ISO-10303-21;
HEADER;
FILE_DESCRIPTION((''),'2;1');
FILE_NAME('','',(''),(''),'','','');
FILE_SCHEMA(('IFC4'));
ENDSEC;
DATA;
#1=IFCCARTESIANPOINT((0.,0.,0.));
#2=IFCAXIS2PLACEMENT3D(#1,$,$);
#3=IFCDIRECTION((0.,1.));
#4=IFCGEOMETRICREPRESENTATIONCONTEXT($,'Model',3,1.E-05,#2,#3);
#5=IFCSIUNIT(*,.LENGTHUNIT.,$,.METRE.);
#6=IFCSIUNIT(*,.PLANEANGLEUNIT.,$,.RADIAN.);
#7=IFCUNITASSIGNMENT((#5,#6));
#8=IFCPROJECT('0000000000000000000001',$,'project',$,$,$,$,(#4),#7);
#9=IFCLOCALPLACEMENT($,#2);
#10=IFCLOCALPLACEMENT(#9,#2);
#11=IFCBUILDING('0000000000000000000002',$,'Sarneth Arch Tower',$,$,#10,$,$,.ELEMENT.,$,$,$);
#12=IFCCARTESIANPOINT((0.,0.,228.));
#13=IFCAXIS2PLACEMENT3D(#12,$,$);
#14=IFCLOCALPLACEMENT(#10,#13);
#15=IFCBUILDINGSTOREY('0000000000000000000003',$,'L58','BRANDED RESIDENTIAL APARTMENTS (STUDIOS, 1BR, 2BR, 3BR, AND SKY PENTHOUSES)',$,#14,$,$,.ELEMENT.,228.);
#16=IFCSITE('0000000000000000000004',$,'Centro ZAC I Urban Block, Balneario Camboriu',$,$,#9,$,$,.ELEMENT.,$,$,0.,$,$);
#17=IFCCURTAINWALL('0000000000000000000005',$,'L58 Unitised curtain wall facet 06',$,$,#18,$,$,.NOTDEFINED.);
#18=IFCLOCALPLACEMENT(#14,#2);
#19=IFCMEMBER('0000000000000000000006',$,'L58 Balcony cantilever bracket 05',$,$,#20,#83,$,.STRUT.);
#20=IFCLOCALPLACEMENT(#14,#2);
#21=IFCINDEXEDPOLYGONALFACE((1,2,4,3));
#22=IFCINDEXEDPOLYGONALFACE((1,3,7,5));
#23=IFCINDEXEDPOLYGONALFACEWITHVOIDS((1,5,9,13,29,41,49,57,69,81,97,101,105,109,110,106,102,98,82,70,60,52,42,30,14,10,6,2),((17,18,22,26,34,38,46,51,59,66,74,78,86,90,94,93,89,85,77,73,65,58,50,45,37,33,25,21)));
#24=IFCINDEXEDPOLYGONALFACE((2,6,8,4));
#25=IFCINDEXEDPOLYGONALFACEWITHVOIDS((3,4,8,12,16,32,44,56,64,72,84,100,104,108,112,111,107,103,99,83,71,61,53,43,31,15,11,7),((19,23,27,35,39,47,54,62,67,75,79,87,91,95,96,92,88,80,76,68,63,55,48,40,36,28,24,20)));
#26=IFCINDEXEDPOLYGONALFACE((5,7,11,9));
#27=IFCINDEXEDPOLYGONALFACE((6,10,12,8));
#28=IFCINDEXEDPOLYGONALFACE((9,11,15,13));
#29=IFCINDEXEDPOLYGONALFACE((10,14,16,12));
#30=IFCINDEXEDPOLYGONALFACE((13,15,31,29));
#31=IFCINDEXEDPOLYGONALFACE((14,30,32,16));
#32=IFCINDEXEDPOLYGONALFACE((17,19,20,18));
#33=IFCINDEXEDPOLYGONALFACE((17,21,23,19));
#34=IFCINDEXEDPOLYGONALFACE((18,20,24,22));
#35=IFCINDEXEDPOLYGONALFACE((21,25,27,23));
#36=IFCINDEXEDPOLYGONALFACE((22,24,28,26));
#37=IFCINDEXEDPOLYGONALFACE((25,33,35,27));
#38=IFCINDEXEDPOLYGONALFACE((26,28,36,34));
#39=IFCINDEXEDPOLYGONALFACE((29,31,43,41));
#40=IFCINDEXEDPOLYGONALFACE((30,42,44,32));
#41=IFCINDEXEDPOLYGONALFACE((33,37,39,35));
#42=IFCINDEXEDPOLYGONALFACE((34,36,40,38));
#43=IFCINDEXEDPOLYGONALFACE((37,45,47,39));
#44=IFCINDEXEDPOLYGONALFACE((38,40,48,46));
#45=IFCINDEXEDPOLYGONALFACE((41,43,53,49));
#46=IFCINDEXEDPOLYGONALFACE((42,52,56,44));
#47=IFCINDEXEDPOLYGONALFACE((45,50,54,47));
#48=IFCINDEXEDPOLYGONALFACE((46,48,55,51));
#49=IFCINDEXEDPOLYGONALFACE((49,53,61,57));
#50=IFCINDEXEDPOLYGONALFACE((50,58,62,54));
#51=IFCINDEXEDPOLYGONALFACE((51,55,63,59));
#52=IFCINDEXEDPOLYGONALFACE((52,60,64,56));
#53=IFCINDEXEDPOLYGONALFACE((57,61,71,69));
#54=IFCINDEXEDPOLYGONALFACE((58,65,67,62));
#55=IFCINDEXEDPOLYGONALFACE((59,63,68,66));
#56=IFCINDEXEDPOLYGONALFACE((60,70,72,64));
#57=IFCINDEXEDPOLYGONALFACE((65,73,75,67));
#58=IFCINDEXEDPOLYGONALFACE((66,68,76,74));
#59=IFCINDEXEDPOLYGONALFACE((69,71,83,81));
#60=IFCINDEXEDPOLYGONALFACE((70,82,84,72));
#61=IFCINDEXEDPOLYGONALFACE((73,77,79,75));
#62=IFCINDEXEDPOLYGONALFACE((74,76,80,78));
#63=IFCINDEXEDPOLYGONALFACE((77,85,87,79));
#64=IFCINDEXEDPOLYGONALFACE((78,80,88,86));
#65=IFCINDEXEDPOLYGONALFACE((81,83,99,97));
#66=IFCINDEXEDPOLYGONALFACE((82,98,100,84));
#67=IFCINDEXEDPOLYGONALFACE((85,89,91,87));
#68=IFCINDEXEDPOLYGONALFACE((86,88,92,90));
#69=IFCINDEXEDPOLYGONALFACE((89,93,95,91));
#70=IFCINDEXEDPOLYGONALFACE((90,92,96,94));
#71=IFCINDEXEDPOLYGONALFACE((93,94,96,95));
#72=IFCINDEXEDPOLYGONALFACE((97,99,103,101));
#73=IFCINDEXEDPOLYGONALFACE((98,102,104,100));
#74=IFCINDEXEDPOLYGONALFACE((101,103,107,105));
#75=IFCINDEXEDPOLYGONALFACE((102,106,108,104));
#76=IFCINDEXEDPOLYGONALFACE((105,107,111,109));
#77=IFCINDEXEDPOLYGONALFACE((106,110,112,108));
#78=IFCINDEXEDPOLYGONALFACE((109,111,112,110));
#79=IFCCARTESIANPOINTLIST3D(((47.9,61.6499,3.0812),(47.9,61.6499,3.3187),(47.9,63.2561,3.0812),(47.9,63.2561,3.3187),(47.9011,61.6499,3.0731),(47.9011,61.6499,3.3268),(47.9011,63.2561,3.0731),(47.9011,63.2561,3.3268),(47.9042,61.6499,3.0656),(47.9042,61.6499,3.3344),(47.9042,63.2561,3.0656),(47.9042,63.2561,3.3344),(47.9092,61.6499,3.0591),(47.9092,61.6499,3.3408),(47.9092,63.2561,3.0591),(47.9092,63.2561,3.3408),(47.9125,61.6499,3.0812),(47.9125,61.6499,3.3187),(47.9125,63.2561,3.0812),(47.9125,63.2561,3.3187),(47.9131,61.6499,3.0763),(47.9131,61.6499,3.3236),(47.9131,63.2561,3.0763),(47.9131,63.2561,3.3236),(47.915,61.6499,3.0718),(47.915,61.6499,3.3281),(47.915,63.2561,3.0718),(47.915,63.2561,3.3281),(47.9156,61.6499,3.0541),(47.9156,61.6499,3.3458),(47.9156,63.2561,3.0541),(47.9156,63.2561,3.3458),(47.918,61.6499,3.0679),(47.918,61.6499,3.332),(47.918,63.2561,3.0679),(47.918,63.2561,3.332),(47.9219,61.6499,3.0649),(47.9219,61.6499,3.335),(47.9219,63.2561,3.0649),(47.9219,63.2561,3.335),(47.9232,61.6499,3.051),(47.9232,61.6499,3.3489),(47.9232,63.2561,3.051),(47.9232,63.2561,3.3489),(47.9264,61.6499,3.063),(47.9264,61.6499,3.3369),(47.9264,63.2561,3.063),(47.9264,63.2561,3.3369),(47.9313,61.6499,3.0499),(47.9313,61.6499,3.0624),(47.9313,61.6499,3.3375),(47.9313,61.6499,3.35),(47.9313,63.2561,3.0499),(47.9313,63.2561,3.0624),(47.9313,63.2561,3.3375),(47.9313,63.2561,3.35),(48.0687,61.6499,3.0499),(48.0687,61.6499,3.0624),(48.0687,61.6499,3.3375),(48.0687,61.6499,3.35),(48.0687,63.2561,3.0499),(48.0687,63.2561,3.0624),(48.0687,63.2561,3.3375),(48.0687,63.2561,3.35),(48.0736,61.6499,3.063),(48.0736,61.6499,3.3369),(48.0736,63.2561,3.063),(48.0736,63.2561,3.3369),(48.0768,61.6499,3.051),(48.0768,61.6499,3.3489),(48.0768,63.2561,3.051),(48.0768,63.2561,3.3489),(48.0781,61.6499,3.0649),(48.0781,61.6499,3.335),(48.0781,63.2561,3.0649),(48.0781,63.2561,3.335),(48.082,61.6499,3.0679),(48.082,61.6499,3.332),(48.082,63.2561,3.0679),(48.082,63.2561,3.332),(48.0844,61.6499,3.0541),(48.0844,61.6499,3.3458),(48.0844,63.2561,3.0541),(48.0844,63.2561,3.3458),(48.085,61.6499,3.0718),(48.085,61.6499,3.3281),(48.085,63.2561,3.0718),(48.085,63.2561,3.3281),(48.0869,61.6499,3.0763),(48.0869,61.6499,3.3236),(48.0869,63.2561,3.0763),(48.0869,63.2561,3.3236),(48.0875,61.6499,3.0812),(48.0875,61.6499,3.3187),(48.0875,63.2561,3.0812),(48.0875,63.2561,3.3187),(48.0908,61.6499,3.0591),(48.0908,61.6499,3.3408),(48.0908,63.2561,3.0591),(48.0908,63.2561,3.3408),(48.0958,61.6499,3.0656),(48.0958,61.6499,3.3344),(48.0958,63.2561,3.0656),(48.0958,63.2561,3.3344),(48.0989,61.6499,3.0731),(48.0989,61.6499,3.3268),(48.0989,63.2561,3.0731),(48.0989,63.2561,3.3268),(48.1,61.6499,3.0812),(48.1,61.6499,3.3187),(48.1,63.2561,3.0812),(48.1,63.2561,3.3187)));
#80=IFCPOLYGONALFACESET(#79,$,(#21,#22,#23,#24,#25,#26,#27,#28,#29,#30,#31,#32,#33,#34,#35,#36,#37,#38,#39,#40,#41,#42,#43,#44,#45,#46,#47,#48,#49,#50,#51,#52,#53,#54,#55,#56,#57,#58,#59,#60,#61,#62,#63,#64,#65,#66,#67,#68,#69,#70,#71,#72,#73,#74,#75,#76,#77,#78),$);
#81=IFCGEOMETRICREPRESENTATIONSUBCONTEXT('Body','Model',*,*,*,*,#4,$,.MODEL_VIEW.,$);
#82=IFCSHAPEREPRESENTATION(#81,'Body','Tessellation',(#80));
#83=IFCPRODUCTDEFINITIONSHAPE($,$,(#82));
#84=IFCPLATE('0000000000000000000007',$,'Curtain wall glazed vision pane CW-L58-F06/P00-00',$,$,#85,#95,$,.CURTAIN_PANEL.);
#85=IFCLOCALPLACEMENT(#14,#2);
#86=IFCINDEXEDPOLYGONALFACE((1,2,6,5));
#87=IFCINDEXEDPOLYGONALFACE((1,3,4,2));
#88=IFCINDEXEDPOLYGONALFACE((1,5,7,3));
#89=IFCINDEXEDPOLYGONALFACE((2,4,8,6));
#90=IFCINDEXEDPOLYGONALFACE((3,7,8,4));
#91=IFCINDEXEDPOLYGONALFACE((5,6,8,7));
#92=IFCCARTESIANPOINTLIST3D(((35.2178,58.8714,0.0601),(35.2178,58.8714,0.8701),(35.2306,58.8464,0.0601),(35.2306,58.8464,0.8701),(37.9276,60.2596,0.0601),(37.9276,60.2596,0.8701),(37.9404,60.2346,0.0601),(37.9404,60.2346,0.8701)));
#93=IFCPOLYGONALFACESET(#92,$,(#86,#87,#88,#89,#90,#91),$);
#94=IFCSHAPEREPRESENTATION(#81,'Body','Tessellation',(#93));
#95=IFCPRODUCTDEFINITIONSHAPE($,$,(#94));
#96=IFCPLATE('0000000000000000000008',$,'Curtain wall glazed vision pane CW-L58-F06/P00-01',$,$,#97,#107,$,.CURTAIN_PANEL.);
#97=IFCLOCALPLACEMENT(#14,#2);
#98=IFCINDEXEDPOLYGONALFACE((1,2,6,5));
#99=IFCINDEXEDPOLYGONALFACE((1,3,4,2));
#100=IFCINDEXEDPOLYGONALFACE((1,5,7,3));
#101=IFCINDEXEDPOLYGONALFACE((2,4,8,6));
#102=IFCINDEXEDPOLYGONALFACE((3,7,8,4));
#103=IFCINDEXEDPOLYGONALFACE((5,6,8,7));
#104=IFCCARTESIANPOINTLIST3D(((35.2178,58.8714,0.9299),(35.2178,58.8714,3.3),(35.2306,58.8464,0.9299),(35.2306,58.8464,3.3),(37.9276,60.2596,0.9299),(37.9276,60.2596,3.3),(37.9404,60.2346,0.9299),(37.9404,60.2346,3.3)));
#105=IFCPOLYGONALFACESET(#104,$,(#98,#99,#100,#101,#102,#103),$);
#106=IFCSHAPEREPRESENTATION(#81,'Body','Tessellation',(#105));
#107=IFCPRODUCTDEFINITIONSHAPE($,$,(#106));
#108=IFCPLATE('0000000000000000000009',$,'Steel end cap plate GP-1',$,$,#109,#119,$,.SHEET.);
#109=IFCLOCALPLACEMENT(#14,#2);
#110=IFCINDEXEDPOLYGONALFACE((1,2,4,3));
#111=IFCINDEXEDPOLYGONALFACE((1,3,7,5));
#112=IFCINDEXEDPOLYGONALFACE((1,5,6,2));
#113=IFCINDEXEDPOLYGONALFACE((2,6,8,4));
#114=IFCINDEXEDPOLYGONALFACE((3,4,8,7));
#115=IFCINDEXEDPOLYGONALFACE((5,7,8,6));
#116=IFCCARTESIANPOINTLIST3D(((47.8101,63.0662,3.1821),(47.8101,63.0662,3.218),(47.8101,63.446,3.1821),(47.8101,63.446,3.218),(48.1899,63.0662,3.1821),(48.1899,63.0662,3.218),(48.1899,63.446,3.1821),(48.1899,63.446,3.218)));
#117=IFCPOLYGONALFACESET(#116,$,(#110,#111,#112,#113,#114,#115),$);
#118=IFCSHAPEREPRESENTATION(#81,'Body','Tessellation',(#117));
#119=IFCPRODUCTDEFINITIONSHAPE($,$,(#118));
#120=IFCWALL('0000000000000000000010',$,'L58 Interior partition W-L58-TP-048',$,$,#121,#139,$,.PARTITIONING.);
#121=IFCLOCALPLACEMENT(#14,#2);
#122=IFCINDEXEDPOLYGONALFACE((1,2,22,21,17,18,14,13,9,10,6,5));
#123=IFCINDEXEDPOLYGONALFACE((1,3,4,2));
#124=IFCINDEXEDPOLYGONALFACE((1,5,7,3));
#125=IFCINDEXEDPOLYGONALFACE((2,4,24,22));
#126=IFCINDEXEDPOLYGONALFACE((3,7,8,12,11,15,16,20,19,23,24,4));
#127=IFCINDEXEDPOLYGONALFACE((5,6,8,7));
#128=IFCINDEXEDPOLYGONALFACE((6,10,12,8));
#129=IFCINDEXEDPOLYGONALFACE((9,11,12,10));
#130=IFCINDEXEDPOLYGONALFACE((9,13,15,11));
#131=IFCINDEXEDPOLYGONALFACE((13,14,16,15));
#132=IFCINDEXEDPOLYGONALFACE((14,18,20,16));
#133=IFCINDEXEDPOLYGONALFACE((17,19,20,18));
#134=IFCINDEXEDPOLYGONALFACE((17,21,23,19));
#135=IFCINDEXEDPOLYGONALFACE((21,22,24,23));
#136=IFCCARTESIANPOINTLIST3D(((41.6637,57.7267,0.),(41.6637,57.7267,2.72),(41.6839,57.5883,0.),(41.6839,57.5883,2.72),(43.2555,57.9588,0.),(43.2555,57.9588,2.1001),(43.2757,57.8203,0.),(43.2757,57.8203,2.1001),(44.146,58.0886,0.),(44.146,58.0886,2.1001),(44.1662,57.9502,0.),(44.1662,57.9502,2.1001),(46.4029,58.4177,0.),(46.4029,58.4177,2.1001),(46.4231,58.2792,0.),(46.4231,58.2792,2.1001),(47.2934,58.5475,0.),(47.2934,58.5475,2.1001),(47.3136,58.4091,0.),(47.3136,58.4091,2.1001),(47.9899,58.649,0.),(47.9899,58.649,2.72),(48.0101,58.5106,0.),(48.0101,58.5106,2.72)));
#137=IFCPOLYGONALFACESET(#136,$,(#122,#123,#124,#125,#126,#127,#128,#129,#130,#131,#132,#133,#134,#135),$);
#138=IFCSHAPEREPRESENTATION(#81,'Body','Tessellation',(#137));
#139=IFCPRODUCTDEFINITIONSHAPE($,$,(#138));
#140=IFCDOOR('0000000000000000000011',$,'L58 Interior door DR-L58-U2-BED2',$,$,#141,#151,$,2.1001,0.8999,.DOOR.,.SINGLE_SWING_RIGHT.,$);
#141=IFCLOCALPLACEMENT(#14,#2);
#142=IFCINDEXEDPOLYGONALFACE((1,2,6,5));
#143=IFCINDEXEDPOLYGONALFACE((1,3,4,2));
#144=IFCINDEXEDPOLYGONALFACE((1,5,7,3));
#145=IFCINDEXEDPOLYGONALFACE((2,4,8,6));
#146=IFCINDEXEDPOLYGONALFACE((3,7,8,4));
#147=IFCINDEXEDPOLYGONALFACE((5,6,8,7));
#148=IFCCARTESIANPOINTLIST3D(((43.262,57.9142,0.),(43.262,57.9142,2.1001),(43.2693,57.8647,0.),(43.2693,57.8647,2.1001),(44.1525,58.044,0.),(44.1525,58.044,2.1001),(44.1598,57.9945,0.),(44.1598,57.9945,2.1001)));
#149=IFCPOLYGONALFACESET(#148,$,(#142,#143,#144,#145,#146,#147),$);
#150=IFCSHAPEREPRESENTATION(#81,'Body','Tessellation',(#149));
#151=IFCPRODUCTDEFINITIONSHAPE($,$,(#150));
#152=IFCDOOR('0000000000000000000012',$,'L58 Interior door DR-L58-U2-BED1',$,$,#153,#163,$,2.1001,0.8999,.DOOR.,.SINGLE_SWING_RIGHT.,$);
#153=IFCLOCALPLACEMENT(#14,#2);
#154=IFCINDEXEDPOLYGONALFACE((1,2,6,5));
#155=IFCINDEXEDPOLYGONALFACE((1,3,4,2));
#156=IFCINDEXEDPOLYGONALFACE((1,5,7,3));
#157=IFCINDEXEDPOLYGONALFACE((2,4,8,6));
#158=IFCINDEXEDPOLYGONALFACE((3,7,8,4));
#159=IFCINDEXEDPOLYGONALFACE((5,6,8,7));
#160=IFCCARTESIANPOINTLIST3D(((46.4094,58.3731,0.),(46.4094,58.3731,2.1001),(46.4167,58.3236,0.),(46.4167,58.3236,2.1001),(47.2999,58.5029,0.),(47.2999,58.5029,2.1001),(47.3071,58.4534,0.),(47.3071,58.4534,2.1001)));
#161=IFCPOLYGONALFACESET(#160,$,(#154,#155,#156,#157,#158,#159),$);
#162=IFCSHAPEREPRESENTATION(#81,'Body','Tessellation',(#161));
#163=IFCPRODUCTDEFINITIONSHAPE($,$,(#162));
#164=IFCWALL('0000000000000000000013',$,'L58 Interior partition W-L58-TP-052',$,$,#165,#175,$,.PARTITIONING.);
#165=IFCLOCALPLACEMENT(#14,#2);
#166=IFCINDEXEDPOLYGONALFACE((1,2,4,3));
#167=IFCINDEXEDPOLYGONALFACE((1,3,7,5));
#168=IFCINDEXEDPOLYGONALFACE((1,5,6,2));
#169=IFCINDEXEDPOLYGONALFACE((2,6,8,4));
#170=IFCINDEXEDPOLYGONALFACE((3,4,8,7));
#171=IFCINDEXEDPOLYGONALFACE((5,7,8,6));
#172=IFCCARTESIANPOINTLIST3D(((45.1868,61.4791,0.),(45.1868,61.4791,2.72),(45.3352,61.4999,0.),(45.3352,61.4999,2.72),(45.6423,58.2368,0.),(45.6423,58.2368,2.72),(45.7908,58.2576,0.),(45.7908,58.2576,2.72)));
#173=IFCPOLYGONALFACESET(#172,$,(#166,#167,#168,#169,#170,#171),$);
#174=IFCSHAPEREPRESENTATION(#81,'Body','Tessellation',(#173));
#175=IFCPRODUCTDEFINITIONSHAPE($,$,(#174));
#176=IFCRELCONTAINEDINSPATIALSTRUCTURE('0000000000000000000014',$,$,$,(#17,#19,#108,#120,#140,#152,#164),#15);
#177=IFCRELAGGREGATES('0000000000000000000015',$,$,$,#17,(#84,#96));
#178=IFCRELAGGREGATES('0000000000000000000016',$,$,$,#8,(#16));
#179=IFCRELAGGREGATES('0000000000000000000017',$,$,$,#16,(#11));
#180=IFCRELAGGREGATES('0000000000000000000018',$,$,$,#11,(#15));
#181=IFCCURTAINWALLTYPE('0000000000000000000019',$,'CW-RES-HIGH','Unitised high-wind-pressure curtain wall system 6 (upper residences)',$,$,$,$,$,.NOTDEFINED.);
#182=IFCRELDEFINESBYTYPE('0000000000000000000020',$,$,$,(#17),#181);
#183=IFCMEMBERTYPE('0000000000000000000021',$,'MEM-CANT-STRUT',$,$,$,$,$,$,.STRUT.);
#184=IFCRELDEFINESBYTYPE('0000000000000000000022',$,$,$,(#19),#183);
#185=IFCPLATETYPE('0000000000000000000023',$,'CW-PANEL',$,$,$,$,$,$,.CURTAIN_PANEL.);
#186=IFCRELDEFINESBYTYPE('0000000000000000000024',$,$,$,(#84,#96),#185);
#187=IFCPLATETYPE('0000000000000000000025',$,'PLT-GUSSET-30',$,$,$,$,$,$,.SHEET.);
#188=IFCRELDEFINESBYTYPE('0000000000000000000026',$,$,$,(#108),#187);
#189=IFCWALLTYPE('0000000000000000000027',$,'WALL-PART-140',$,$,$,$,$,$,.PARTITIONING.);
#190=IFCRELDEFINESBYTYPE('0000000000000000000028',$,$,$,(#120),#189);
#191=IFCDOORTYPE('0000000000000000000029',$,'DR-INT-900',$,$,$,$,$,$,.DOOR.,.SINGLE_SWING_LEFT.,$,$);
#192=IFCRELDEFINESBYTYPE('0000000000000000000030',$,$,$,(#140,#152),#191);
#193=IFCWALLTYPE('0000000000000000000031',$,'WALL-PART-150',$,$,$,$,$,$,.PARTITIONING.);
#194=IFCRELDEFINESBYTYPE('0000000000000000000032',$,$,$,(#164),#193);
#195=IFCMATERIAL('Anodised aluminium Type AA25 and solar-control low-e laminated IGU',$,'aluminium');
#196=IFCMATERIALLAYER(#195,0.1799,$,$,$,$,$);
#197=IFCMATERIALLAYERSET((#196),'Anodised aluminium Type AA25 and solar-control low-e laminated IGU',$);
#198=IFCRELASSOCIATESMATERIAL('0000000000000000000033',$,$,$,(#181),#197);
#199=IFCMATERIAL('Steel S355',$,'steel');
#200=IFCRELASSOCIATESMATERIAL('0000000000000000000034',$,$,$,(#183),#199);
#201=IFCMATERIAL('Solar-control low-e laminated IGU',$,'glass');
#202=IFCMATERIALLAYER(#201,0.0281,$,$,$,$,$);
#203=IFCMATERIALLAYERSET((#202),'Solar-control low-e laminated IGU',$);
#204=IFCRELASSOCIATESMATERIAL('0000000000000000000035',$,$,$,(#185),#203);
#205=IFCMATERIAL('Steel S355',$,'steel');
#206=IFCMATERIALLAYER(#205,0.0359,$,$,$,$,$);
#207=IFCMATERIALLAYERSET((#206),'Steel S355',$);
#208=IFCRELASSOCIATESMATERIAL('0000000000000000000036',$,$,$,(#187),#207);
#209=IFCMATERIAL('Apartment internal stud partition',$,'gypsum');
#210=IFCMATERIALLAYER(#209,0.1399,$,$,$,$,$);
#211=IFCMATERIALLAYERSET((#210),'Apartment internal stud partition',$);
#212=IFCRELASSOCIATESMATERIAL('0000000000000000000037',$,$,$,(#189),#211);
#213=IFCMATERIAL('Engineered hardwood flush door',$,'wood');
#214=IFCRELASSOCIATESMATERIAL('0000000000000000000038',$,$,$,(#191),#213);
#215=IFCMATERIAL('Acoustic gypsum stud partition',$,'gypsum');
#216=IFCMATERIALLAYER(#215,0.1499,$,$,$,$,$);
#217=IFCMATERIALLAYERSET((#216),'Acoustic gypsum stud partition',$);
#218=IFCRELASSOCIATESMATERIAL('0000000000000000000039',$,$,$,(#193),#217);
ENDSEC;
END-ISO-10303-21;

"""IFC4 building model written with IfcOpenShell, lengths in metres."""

from ifc_helpers import new_model, si_unit, direction, frame, frame_2d, origin, origin_2d, place, context, subcontext, project, spatial, rectangle, hollow_rectangle, extrude, material, layer, layer_set, material_profile, profile_set, type_object, element, fill, aggregate, save


model = new_model("IFC4")

# Units and contexts
model_context = context("Model", 3, precision=1e-05, world=origin(), true_north=direction((0.0, 1.0)))
body_context = subcontext(model_context, "Body", "Model", "MODEL_VIEW")
ifc_project = project(units=[si_unit("LENGTHUNIT", "METRE"), si_unit("PLANEANGLEUNIT", "RADIAN")], contexts=[model_context])

# Site, building, storey
site_placement = place(None, origin())
site = spatial("IfcSite", under=ifc_project, at=site_placement, Name="Centro ZAC I Urban Block, Balneario Camboriu", CompositionType="ELEMENT", RefElevation=0.0)
building_placement = place(site_placement, origin())
building = spatial("IfcBuilding", under=site, at=building_placement, Name="Sarneth Arch Tower", CompositionType="ELEMENT")
storey_placement = place(building_placement, frame((0.0, 0.0, 228.0)))
storey = spatial("IfcBuildingStorey", under=building, at=storey_placement, Name="L58", Description="BRANDED RESIDENTIAL APARTMENTS (STUDIOS, 1BR, 2BR, 3BR, AND SKY PENTHOUSES)", CompositionType="ELEMENT", Elevation=228.0)

# Curtain wall
ifc_material_1 = material(Name="Anodised aluminium Type AA25 and solar-control low-e laminated IGU", Category="aluminium")
ifc_layer_1 = layer(ifc_material_1, 0.1799)
ifc_layer_set_1 = layer_set([ifc_layer_1], Name="Anodised aluminium Type AA25 and solar-control low-e laminated IGU")
curtain_wall_type = type_object("IfcCurtainWallType", Name="CW-RES-HIGH", Description="Unitised high-wind-pressure curtain wall system 6 (upper residences)", PredefinedType="NOTDEFINED", material=ifc_layer_set_1)
curtain_wall_placement = place(storey_placement, origin())
curtain_wall = element("IfcCurtainWall", 1, at=curtain_wall_placement, inside=storey, type_object=curtain_wall_type, Name="L58 Unitised curtain wall facet 06", PredefinedType="NOTDEFINED")

# Member
ifc_material_2 = material(Name="Steel S355", Category="steel")
ifc_material_profile_1 = material_profile(ifc_material_2, hollow_rectangle(XDim=0.2, YDim=0.3, WallThickness=0.0125, InnerFilletRadius=0.0188, OuterFilletRadius=0.0312, at=origin_2d()), Name="RHS300x200x12.5")
ifc_profile_set_1 = profile_set([ifc_material_profile_1], Name="Steel S355")
member_type_1 = type_object("IfcMemberType", Name="MEM-CANT-STRUT", PredefinedType="STRUT", material=ifc_profile_set_1)
member_1_placement = place(storey_placement, frame((48.0, 61.6499, 3.2), z_axis=(0.0, 1.0, 0.0), x_axis=(-1.0, 0.0, 0.0)))
element("IfcMember", 2, at=member_1_placement, inside=storey, type_object=member_type_1, Name="L58 Balcony cantilever bracket 05", PredefinedType="STRUT", context=body_context, shape_type="SweptSolid", body=[
    extrude(hollow_rectangle(XDim=0.2, YDim=0.3, WallThickness=0.0125, InnerFilletRadius=0.0188, OuterFilletRadius=0.0312, at=origin_2d()), origin(), (0.0, 0.0, 1.0), 1.6062),
])

# Plates
ifc_material_3 = material(Name="Solar-control low-e laminated IGU", Category="glass")
ifc_layer_2 = layer(ifc_material_3, 0.0281)
ifc_layer_set_2 = layer_set([ifc_layer_2], Name="Solar-control low-e laminated IGU")
plate_type_1 = type_object("IfcPlateType", Name="CW-PANEL", PredefinedType="CURTAIN_PANEL", material=ifc_layer_set_2)
plate_1_placement = place(storey_placement, frame((36.5791, 59.553, 0.0601), z_axis=(0.0, 0.0, 1.0), x_axis=(-0.89001, -0.455942, 0.0)))
plate_1 = element("IfcPlate", 3, at=plate_1_placement, type_object=plate_type_1, Name="Curtain wall glazed vision pane CW-L58-F06/P00-00", PredefinedType="CURTAIN_PANEL", context=body_context, shape_type="SweptSolid", body=[
    extrude(rectangle(XDim=3.0447, YDim=0.0281, at=origin_2d()), origin(), (0.0, 0.0, 1.0), 0.8101),
])
plate_2_placement = place(storey_placement, frame((36.5791, 59.553, 0.9299), z_axis=(0.0, 0.0, 1.0), x_axis=(-0.89001, -0.455942, 0.0)))
plate_2 = element("IfcPlate", 4, at=plate_2_placement, type_object=plate_type_1, Name="Curtain wall glazed vision pane CW-L58-F06/P00-01", PredefinedType="CURTAIN_PANEL", context=body_context, shape_type="SweptSolid", body=[
    extrude(rectangle(XDim=3.0447, YDim=0.0281, at=origin_2d()), origin(), (0.0, 0.0, 1.0), 2.3701),
])
aggregate(curtain_wall, [plate_1, plate_2])
ifc_material_4 = material(Name="Steel S355", Category="steel")
ifc_layer_3 = layer(ifc_material_4, 0.0359)
ifc_layer_set_3 = layer_set([ifc_layer_3], Name="Steel S355")
plate_type_2 = type_object("IfcPlateType", Name="PLT-GUSSET-30", PredefinedType="SHEET", material=ifc_layer_set_3)
plate_3_placement = place(storey_placement, frame((48.0, 63.2561, 3.1821), z_axis=(0.0, 0.0, 1.0), x_axis=(0.0, 1.0, 0.0)))
element("IfcPlate", 5, at=plate_3_placement, inside=storey, type_object=plate_type_2, Name="Steel end cap plate GP-1", PredefinedType="SHEET", context=body_context, shape_type="SweptSolid", body=[
    extrude(rectangle(XDim=0.3799, YDim=0.3799, at=origin_2d()), origin(), (0.0, 0.0, 1.0), 0.0359),
])

# Wall, openings, doors
ifc_material_5 = material(Name="Apartment internal stud partition", Category="gypsum")
ifc_layer_4 = layer(ifc_material_5, 0.1399)
ifc_layer_set_4 = layer_set([ifc_layer_4], Name="Apartment internal stud partition")
wall_type_1 = type_object("IfcWallType", Name="WALL-PART-140", PredefinedType="PARTITIONING", material=ifc_layer_set_4)
wall_1_placement = place(storey_placement, frame((41.6738, 57.6575, 0.0), z_axis=(0.0, 0.0, 1.0), x_axis=(0.989538, 0.144276, 0.0)))
wall_1 = element("IfcWall", 6, at=wall_1_placement, inside=storey, type_object=wall_type_1, Name="L58 Interior partition W-L58-TP-048", PredefinedType="PARTITIONING", context=body_context, shape_type="SweptSolid", body=[
    extrude(rectangle(XDim=6.3931, YDim=0.1399, at=frame_2d((3.1965, 0.0))), origin(), (0.0, 0.0, 1.0), 2.72),
])
opening_1_placement = place(wall_1_placement, frame((1.6086, 0.0, 0.0)))
opening_1 = element("IfcOpeningElement", 7, at=opening_1_placement, cuts=wall_1, PredefinedType="OPENING", context=body_context, shape_type="SweptSolid", body=[
    extrude(rectangle(XDim=0.8999, YDim=2.1001, at=frame_2d((0.45, 1.05))), frame((0.0, 0.0798, 0.0), z_axis=(0.0, -1.0, 0.0), x_axis=(1.0, 0.0, 0.0)), (0.0, 0.0, 1.0), 0.1599),
])
opening_2_placement = place(wall_1_placement, frame((4.7893, 0.0, 0.0)))
opening_2 = element("IfcOpeningElement", 8, at=opening_2_placement, cuts=wall_1, PredefinedType="OPENING", context=body_context, shape_type="SweptSolid", body=[
    extrude(rectangle(XDim=0.8999, YDim=2.1001, at=frame_2d((0.45, 1.05))), frame((0.0, 0.0798, 0.0), z_axis=(0.0, -1.0, 0.0), x_axis=(1.0, 0.0, 0.0)), (0.0, 0.0, 1.0), 0.1599),
])
ifc_material_6 = material(Name="Engineered hardwood flush door", Category="wood")
door_type = type_object("IfcDoorType", Name="DR-INT-900", OperationType="SINGLE_SWING_LEFT", PredefinedType="DOOR", material=ifc_material_6)
door_1_placement = place(opening_1_placement, origin())
door_1 = element("IfcDoor", 9, at=door_1_placement, inside=storey, type_object=door_type, Name="L58 Interior door DR-L58-U2-BED2", OperationType="SINGLE_SWING_RIGHT", OverallHeight=2.1001, OverallWidth=0.8999, PredefinedType="DOOR", context=body_context, shape_type="SweptSolid", body=[
    extrude(rectangle(XDim=0.8999, YDim=2.1001, at=frame_2d((0.45, 1.05))), frame((0.0, 0.0249, 0.0), z_axis=(0.0, -1.0, 0.0), x_axis=(1.0, 0.0, 0.0)), (0.0, 0.0, 1.0), 0.05),
])
fill(opening_1, door_1)
door_2_placement = place(opening_2_placement, origin())
door_2 = element("IfcDoor", 10, at=door_2_placement, inside=storey, type_object=door_type, Name="L58 Interior door DR-L58-U2-BED1", OperationType="SINGLE_SWING_RIGHT", OverallHeight=2.1001, OverallWidth=0.8999, PredefinedType="DOOR", context=body_context, shape_type="SweptSolid", body=[
    extrude(rectangle(XDim=0.8999, YDim=2.1001, at=frame_2d((0.45, 1.05))), frame((0.0, 0.0249, 0.0), z_axis=(0.0, -1.0, 0.0), x_axis=(1.0, 0.0, 0.0)), (0.0, 0.0, 1.0), 0.05),
])
fill(opening_2, door_2)

# Wall
ifc_material_7 = material(Name="Acoustic gypsum stud partition", Category="gypsum")
ifc_layer_5 = layer(ifc_material_7, 0.1499)
ifc_layer_set_5 = layer_set([ifc_layer_5], Name="Acoustic gypsum stud partition")
wall_type_2 = type_object("IfcWallType", Name="WALL-PART-150", PredefinedType="PARTITIONING", material=ifc_layer_set_5)
wall_2_placement = place(storey_placement, frame((45.7166, 58.2471, 0.0), z_axis=(0.0, 0.0, 1.0), x_axis=(-0.139135, 0.990273, 0.0)))
element("IfcWall", 11, at=wall_2_placement, inside=storey, type_object=wall_type_2, Name="L58 Interior partition W-L58-TP-052", PredefinedType="PARTITIONING", context=body_context, shape_type="SweptSolid", body=[
    extrude(rectangle(XDim=3.2742, YDim=0.1499, at=frame_2d((1.6372, 0.0))), origin(), (0.0, 0.0, 1.0), 2.72),
])

save(model, "model.ifc")
